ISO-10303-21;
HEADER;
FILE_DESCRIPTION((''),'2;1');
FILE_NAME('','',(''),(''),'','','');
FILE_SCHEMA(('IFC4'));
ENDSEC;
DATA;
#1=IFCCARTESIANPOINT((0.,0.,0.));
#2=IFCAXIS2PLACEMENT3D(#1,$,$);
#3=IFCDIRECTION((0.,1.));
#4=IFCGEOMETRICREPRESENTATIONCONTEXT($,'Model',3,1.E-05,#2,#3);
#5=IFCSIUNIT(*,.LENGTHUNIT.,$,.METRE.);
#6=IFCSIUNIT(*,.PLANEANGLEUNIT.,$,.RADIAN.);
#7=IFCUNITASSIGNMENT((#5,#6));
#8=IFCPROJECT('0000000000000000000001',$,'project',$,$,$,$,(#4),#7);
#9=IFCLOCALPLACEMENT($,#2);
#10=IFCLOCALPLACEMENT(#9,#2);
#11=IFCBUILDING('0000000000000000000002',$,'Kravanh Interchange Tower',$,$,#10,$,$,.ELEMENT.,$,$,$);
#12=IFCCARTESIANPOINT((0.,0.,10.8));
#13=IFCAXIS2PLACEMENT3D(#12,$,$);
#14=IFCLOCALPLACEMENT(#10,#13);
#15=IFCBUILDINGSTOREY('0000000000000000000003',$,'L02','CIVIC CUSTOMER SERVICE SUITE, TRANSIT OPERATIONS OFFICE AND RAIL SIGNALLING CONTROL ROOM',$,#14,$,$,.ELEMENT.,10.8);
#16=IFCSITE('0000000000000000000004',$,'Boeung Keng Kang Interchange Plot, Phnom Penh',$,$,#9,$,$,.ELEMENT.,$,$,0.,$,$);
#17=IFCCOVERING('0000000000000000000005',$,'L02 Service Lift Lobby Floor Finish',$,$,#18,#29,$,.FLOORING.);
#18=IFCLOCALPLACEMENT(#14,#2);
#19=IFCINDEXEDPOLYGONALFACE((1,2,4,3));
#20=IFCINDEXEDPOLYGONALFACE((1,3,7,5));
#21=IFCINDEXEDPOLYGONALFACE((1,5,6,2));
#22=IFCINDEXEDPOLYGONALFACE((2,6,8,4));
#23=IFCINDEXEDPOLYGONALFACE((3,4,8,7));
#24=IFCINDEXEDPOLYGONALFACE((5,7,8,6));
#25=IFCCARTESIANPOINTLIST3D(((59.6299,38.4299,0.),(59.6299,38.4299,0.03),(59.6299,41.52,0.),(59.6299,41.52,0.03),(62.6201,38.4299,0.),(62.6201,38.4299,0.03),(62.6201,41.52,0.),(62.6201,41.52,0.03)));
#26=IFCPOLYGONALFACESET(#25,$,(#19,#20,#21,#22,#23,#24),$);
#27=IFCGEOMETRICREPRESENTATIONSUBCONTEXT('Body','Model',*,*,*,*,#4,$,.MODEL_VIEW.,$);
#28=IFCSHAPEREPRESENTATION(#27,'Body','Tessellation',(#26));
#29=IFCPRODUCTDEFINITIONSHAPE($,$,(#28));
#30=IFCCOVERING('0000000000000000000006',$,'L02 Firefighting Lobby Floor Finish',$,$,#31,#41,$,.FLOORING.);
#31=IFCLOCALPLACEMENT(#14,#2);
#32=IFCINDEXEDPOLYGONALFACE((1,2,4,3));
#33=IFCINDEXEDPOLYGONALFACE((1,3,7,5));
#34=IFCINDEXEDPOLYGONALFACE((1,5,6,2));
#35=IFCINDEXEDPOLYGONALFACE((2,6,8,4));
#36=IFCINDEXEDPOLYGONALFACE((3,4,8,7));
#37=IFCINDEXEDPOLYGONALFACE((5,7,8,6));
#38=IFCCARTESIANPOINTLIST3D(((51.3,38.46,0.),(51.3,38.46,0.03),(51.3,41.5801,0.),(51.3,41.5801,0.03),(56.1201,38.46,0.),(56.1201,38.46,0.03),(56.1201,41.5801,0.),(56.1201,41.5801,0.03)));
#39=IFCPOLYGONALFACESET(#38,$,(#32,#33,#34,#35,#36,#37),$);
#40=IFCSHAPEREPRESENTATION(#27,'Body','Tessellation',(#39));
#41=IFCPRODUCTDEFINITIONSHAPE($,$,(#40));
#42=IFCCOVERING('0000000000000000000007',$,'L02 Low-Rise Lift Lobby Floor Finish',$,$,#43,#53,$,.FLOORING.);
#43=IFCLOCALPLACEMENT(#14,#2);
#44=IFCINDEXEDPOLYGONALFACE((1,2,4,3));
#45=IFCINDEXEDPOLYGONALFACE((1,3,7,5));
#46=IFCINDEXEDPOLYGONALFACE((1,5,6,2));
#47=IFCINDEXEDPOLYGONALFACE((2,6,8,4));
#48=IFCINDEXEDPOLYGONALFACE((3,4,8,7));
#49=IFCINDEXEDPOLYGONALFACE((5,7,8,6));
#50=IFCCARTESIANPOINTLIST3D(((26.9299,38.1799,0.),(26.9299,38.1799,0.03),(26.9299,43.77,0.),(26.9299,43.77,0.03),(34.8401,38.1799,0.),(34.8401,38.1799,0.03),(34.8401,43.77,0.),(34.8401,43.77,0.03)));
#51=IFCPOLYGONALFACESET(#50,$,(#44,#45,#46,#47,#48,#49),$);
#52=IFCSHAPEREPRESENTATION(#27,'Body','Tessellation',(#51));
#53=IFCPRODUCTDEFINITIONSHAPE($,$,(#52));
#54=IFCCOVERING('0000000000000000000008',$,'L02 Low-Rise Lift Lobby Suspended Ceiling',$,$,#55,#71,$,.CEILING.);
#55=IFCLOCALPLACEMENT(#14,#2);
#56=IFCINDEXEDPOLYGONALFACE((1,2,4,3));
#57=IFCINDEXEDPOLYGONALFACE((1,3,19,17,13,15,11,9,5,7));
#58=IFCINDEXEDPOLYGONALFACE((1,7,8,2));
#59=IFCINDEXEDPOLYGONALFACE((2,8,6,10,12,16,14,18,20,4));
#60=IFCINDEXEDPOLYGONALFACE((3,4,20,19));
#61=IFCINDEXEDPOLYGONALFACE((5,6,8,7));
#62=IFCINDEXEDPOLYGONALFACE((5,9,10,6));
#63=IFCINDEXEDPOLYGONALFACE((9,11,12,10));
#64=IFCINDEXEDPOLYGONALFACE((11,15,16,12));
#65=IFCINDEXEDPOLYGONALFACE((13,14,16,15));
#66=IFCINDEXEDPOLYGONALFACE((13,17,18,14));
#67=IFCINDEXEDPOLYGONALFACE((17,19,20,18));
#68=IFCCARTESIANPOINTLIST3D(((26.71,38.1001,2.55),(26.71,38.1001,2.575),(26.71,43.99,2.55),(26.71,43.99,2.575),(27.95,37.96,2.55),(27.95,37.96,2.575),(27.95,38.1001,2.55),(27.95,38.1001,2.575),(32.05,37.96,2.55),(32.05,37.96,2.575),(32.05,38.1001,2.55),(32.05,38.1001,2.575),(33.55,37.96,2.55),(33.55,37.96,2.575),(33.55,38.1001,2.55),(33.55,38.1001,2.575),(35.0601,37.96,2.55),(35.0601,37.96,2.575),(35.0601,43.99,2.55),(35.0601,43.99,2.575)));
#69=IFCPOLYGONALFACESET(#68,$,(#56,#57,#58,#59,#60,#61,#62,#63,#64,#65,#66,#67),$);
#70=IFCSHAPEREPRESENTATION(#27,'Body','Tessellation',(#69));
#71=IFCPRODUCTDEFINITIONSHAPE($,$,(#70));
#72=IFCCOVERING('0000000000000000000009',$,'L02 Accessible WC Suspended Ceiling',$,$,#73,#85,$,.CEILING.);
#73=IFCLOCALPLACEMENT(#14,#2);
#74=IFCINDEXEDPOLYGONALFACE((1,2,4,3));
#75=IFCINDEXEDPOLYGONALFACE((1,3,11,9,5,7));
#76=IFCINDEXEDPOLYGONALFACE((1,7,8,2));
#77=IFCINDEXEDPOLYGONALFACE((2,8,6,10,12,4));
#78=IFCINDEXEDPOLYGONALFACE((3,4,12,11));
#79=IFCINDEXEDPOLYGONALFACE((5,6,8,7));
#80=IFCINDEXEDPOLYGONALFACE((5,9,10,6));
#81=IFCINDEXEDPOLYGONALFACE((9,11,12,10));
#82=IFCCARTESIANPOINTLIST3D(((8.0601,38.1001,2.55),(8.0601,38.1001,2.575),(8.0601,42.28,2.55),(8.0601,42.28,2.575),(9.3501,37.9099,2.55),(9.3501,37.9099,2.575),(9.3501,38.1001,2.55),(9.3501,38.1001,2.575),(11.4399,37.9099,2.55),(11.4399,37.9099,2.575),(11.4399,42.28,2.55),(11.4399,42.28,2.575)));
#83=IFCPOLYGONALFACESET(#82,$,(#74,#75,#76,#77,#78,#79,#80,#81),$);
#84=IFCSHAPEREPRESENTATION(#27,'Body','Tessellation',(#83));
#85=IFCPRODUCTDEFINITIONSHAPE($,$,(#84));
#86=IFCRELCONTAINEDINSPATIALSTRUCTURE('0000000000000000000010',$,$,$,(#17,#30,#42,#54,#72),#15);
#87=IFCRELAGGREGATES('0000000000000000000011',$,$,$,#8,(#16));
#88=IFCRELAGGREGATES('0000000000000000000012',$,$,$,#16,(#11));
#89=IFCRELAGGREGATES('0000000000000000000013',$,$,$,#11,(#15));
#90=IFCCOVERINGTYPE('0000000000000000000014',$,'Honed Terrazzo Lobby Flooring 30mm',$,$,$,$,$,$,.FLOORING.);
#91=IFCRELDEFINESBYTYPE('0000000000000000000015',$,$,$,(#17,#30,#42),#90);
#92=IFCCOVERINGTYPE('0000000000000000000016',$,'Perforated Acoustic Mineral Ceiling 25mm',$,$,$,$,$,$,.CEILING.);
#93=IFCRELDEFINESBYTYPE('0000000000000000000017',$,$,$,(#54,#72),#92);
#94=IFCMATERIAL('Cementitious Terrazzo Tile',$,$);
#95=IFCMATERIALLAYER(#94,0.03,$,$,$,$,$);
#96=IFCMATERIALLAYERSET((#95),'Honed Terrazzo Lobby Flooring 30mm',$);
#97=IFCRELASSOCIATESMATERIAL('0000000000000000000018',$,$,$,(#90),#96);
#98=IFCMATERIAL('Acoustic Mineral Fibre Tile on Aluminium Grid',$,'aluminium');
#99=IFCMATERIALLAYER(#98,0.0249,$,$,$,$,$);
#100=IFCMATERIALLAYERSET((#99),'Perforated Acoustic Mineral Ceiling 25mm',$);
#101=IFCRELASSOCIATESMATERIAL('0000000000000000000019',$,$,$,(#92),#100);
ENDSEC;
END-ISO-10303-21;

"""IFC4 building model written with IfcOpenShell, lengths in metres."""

from ifc_helpers import new_model, si_unit, direction, frame, origin, place, context, subcontext, project, spatial, polyline, outline, extrude, material, layer, layer_set, type_object, element, save


model = new_model("IFC4")

# Units and contexts
model_context = context("Model", 3, precision=1e-05, world=origin(), true_north=direction((0.0, 1.0)))
body_context = subcontext(model_context, "Body", "Model", "MODEL_VIEW")
ifc_project = project(units=[si_unit("LENGTHUNIT", "METRE"), si_unit("PLANEANGLEUNIT", "RADIAN")], contexts=[model_context])

# Site, building, storey
site_placement = place(None, origin())
site = spatial("IfcSite", under=ifc_project, at=site_placement, Name="Boeung Keng Kang Interchange Plot, Phnom Penh", CompositionType="ELEMENT", RefElevation=0.0)
building_placement = place(site_placement, origin())
building = spatial("IfcBuilding", under=site, at=building_placement, Name="Kravanh Interchange Tower", CompositionType="ELEMENT")
storey_placement = place(building_placement, frame((0.0, 0.0, 10.8)))
storey = spatial("IfcBuildingStorey", under=building, at=storey_placement, Name="L02", Description="CIVIC CUSTOMER SERVICE SUITE, TRANSIT OPERATIONS OFFICE AND RAIL SIGNALLING CONTROL ROOM", CompositionType="ELEMENT", Elevation=10.8)

# Coverings
ifc_material_1 = material(Name="Cementitious Terrazzo Tile")
ifc_layer_1 = layer(ifc_material_1, 0.03)
ifc_layer_set_1 = layer_set([ifc_layer_1], Name="Honed Terrazzo Lobby Flooring 30mm")
covering_type_1 = type_object("IfcCoveringType", Name="Honed Terrazzo Lobby Flooring 30mm", PredefinedType="FLOORING", material=ifc_layer_set_1)
covering_1_placement = place(storey_placement, origin())
element("IfcCovering", 1, at=covering_1_placement, inside=storey, type_object=covering_type_1, Name="L02 Service Lift Lobby Floor Finish", PredefinedType="FLOORING", context=body_context, shape_type="SweptSolid", body=[
    extrude(outline(polyline([(59.6299, 41.52), (62.6201, 41.52), (62.6201, 38.4299), (59.6299, 38.4299), (59.6299, 41.52)])), origin(), (0.0, 0.0, 1.0), 0.03),
])
covering_2_placement = place(storey_placement, origin())
element("IfcCovering", 2, at=covering_2_placement, inside=storey, type_object=covering_type_1, Name="L02 Firefighting Lobby Floor Finish", PredefinedType="FLOORING", context=body_context, shape_type="SweptSolid", body=[
    extrude(outline(polyline([(56.1201, 38.46), (51.3, 38.46), (51.3, 41.5801), (56.1201, 41.5801), (56.1201, 38.46)])), origin(), (0.0, 0.0, 1.0), 0.03),
])
covering_3_placement = place(storey_placement, origin())
element("IfcCovering", 3, at=covering_3_placement, inside=storey, type_object=covering_type_1, Name="L02 Low-Rise Lift Lobby Floor Finish", PredefinedType="FLOORING", context=body_context, shape_type="SweptSolid", body=[
    extrude(outline(polyline([(26.9299, 43.77), (34.8401, 43.77), (34.8401, 38.1799), (26.9299, 38.1799), (26.9299, 43.77)])), origin(), (0.0, 0.0, 1.0), 0.03),
])
ifc_material_2 = material(Name="Acoustic Mineral Fibre Tile on Aluminium Grid", Category="aluminium")
ifc_layer_2 = layer(ifc_material_2, 0.0249)
ifc_layer_set_2 = layer_set([ifc_layer_2], Name="Perforated Acoustic Mineral Ceiling 25mm")
covering_type_2 = type_object("IfcCoveringType", Name="Perforated Acoustic Mineral Ceiling 25mm", PredefinedType="CEILING", material=ifc_layer_set_2)
covering_4_placement = place(storey_placement, frame((0.0, 0.0, 2.55)))
element("IfcCovering", 4, at=covering_4_placement, inside=storey, type_object=covering_type_2, Name="L02 Low-Rise Lift Lobby Suspended Ceiling", PredefinedType="CEILING", context=body_context, shape_type="SweptSolid", body=[
    extrude(outline(polyline([(35.0601, 37.96), (33.55, 37.96), (33.55, 38.1001), (32.05, 38.1001), (32.05, 37.96), (27.95, 37.96), (27.95, 38.1001), (26.71, 38.1001), (26.71, 43.99), (35.0601, 43.99), (35.0601, 37.96)])), origin(), (0.0, 0.0, 1.0), 0.0249),
])
covering_5_placement = place(storey_placement, frame((0.0, 0.0, 2.55)))
element("IfcCovering", 5, at=covering_5_placement, inside=storey, type_object=covering_type_2, Name="L02 Accessible WC Suspended Ceiling", PredefinedType="CEILING", context=body_context, shape_type="SweptSolid", body=[
    extrude(outline(polyline([(8.0601, 42.28), (11.4399, 42.28), (11.4399, 37.9099), (9.3501, 37.9099), (9.3501, 38.1001), (8.0601, 38.1001), (8.0601, 42.28)])), origin(), (0.0, 0.0, 1.0), 0.0249),
])

save(model, "model.ifc")
